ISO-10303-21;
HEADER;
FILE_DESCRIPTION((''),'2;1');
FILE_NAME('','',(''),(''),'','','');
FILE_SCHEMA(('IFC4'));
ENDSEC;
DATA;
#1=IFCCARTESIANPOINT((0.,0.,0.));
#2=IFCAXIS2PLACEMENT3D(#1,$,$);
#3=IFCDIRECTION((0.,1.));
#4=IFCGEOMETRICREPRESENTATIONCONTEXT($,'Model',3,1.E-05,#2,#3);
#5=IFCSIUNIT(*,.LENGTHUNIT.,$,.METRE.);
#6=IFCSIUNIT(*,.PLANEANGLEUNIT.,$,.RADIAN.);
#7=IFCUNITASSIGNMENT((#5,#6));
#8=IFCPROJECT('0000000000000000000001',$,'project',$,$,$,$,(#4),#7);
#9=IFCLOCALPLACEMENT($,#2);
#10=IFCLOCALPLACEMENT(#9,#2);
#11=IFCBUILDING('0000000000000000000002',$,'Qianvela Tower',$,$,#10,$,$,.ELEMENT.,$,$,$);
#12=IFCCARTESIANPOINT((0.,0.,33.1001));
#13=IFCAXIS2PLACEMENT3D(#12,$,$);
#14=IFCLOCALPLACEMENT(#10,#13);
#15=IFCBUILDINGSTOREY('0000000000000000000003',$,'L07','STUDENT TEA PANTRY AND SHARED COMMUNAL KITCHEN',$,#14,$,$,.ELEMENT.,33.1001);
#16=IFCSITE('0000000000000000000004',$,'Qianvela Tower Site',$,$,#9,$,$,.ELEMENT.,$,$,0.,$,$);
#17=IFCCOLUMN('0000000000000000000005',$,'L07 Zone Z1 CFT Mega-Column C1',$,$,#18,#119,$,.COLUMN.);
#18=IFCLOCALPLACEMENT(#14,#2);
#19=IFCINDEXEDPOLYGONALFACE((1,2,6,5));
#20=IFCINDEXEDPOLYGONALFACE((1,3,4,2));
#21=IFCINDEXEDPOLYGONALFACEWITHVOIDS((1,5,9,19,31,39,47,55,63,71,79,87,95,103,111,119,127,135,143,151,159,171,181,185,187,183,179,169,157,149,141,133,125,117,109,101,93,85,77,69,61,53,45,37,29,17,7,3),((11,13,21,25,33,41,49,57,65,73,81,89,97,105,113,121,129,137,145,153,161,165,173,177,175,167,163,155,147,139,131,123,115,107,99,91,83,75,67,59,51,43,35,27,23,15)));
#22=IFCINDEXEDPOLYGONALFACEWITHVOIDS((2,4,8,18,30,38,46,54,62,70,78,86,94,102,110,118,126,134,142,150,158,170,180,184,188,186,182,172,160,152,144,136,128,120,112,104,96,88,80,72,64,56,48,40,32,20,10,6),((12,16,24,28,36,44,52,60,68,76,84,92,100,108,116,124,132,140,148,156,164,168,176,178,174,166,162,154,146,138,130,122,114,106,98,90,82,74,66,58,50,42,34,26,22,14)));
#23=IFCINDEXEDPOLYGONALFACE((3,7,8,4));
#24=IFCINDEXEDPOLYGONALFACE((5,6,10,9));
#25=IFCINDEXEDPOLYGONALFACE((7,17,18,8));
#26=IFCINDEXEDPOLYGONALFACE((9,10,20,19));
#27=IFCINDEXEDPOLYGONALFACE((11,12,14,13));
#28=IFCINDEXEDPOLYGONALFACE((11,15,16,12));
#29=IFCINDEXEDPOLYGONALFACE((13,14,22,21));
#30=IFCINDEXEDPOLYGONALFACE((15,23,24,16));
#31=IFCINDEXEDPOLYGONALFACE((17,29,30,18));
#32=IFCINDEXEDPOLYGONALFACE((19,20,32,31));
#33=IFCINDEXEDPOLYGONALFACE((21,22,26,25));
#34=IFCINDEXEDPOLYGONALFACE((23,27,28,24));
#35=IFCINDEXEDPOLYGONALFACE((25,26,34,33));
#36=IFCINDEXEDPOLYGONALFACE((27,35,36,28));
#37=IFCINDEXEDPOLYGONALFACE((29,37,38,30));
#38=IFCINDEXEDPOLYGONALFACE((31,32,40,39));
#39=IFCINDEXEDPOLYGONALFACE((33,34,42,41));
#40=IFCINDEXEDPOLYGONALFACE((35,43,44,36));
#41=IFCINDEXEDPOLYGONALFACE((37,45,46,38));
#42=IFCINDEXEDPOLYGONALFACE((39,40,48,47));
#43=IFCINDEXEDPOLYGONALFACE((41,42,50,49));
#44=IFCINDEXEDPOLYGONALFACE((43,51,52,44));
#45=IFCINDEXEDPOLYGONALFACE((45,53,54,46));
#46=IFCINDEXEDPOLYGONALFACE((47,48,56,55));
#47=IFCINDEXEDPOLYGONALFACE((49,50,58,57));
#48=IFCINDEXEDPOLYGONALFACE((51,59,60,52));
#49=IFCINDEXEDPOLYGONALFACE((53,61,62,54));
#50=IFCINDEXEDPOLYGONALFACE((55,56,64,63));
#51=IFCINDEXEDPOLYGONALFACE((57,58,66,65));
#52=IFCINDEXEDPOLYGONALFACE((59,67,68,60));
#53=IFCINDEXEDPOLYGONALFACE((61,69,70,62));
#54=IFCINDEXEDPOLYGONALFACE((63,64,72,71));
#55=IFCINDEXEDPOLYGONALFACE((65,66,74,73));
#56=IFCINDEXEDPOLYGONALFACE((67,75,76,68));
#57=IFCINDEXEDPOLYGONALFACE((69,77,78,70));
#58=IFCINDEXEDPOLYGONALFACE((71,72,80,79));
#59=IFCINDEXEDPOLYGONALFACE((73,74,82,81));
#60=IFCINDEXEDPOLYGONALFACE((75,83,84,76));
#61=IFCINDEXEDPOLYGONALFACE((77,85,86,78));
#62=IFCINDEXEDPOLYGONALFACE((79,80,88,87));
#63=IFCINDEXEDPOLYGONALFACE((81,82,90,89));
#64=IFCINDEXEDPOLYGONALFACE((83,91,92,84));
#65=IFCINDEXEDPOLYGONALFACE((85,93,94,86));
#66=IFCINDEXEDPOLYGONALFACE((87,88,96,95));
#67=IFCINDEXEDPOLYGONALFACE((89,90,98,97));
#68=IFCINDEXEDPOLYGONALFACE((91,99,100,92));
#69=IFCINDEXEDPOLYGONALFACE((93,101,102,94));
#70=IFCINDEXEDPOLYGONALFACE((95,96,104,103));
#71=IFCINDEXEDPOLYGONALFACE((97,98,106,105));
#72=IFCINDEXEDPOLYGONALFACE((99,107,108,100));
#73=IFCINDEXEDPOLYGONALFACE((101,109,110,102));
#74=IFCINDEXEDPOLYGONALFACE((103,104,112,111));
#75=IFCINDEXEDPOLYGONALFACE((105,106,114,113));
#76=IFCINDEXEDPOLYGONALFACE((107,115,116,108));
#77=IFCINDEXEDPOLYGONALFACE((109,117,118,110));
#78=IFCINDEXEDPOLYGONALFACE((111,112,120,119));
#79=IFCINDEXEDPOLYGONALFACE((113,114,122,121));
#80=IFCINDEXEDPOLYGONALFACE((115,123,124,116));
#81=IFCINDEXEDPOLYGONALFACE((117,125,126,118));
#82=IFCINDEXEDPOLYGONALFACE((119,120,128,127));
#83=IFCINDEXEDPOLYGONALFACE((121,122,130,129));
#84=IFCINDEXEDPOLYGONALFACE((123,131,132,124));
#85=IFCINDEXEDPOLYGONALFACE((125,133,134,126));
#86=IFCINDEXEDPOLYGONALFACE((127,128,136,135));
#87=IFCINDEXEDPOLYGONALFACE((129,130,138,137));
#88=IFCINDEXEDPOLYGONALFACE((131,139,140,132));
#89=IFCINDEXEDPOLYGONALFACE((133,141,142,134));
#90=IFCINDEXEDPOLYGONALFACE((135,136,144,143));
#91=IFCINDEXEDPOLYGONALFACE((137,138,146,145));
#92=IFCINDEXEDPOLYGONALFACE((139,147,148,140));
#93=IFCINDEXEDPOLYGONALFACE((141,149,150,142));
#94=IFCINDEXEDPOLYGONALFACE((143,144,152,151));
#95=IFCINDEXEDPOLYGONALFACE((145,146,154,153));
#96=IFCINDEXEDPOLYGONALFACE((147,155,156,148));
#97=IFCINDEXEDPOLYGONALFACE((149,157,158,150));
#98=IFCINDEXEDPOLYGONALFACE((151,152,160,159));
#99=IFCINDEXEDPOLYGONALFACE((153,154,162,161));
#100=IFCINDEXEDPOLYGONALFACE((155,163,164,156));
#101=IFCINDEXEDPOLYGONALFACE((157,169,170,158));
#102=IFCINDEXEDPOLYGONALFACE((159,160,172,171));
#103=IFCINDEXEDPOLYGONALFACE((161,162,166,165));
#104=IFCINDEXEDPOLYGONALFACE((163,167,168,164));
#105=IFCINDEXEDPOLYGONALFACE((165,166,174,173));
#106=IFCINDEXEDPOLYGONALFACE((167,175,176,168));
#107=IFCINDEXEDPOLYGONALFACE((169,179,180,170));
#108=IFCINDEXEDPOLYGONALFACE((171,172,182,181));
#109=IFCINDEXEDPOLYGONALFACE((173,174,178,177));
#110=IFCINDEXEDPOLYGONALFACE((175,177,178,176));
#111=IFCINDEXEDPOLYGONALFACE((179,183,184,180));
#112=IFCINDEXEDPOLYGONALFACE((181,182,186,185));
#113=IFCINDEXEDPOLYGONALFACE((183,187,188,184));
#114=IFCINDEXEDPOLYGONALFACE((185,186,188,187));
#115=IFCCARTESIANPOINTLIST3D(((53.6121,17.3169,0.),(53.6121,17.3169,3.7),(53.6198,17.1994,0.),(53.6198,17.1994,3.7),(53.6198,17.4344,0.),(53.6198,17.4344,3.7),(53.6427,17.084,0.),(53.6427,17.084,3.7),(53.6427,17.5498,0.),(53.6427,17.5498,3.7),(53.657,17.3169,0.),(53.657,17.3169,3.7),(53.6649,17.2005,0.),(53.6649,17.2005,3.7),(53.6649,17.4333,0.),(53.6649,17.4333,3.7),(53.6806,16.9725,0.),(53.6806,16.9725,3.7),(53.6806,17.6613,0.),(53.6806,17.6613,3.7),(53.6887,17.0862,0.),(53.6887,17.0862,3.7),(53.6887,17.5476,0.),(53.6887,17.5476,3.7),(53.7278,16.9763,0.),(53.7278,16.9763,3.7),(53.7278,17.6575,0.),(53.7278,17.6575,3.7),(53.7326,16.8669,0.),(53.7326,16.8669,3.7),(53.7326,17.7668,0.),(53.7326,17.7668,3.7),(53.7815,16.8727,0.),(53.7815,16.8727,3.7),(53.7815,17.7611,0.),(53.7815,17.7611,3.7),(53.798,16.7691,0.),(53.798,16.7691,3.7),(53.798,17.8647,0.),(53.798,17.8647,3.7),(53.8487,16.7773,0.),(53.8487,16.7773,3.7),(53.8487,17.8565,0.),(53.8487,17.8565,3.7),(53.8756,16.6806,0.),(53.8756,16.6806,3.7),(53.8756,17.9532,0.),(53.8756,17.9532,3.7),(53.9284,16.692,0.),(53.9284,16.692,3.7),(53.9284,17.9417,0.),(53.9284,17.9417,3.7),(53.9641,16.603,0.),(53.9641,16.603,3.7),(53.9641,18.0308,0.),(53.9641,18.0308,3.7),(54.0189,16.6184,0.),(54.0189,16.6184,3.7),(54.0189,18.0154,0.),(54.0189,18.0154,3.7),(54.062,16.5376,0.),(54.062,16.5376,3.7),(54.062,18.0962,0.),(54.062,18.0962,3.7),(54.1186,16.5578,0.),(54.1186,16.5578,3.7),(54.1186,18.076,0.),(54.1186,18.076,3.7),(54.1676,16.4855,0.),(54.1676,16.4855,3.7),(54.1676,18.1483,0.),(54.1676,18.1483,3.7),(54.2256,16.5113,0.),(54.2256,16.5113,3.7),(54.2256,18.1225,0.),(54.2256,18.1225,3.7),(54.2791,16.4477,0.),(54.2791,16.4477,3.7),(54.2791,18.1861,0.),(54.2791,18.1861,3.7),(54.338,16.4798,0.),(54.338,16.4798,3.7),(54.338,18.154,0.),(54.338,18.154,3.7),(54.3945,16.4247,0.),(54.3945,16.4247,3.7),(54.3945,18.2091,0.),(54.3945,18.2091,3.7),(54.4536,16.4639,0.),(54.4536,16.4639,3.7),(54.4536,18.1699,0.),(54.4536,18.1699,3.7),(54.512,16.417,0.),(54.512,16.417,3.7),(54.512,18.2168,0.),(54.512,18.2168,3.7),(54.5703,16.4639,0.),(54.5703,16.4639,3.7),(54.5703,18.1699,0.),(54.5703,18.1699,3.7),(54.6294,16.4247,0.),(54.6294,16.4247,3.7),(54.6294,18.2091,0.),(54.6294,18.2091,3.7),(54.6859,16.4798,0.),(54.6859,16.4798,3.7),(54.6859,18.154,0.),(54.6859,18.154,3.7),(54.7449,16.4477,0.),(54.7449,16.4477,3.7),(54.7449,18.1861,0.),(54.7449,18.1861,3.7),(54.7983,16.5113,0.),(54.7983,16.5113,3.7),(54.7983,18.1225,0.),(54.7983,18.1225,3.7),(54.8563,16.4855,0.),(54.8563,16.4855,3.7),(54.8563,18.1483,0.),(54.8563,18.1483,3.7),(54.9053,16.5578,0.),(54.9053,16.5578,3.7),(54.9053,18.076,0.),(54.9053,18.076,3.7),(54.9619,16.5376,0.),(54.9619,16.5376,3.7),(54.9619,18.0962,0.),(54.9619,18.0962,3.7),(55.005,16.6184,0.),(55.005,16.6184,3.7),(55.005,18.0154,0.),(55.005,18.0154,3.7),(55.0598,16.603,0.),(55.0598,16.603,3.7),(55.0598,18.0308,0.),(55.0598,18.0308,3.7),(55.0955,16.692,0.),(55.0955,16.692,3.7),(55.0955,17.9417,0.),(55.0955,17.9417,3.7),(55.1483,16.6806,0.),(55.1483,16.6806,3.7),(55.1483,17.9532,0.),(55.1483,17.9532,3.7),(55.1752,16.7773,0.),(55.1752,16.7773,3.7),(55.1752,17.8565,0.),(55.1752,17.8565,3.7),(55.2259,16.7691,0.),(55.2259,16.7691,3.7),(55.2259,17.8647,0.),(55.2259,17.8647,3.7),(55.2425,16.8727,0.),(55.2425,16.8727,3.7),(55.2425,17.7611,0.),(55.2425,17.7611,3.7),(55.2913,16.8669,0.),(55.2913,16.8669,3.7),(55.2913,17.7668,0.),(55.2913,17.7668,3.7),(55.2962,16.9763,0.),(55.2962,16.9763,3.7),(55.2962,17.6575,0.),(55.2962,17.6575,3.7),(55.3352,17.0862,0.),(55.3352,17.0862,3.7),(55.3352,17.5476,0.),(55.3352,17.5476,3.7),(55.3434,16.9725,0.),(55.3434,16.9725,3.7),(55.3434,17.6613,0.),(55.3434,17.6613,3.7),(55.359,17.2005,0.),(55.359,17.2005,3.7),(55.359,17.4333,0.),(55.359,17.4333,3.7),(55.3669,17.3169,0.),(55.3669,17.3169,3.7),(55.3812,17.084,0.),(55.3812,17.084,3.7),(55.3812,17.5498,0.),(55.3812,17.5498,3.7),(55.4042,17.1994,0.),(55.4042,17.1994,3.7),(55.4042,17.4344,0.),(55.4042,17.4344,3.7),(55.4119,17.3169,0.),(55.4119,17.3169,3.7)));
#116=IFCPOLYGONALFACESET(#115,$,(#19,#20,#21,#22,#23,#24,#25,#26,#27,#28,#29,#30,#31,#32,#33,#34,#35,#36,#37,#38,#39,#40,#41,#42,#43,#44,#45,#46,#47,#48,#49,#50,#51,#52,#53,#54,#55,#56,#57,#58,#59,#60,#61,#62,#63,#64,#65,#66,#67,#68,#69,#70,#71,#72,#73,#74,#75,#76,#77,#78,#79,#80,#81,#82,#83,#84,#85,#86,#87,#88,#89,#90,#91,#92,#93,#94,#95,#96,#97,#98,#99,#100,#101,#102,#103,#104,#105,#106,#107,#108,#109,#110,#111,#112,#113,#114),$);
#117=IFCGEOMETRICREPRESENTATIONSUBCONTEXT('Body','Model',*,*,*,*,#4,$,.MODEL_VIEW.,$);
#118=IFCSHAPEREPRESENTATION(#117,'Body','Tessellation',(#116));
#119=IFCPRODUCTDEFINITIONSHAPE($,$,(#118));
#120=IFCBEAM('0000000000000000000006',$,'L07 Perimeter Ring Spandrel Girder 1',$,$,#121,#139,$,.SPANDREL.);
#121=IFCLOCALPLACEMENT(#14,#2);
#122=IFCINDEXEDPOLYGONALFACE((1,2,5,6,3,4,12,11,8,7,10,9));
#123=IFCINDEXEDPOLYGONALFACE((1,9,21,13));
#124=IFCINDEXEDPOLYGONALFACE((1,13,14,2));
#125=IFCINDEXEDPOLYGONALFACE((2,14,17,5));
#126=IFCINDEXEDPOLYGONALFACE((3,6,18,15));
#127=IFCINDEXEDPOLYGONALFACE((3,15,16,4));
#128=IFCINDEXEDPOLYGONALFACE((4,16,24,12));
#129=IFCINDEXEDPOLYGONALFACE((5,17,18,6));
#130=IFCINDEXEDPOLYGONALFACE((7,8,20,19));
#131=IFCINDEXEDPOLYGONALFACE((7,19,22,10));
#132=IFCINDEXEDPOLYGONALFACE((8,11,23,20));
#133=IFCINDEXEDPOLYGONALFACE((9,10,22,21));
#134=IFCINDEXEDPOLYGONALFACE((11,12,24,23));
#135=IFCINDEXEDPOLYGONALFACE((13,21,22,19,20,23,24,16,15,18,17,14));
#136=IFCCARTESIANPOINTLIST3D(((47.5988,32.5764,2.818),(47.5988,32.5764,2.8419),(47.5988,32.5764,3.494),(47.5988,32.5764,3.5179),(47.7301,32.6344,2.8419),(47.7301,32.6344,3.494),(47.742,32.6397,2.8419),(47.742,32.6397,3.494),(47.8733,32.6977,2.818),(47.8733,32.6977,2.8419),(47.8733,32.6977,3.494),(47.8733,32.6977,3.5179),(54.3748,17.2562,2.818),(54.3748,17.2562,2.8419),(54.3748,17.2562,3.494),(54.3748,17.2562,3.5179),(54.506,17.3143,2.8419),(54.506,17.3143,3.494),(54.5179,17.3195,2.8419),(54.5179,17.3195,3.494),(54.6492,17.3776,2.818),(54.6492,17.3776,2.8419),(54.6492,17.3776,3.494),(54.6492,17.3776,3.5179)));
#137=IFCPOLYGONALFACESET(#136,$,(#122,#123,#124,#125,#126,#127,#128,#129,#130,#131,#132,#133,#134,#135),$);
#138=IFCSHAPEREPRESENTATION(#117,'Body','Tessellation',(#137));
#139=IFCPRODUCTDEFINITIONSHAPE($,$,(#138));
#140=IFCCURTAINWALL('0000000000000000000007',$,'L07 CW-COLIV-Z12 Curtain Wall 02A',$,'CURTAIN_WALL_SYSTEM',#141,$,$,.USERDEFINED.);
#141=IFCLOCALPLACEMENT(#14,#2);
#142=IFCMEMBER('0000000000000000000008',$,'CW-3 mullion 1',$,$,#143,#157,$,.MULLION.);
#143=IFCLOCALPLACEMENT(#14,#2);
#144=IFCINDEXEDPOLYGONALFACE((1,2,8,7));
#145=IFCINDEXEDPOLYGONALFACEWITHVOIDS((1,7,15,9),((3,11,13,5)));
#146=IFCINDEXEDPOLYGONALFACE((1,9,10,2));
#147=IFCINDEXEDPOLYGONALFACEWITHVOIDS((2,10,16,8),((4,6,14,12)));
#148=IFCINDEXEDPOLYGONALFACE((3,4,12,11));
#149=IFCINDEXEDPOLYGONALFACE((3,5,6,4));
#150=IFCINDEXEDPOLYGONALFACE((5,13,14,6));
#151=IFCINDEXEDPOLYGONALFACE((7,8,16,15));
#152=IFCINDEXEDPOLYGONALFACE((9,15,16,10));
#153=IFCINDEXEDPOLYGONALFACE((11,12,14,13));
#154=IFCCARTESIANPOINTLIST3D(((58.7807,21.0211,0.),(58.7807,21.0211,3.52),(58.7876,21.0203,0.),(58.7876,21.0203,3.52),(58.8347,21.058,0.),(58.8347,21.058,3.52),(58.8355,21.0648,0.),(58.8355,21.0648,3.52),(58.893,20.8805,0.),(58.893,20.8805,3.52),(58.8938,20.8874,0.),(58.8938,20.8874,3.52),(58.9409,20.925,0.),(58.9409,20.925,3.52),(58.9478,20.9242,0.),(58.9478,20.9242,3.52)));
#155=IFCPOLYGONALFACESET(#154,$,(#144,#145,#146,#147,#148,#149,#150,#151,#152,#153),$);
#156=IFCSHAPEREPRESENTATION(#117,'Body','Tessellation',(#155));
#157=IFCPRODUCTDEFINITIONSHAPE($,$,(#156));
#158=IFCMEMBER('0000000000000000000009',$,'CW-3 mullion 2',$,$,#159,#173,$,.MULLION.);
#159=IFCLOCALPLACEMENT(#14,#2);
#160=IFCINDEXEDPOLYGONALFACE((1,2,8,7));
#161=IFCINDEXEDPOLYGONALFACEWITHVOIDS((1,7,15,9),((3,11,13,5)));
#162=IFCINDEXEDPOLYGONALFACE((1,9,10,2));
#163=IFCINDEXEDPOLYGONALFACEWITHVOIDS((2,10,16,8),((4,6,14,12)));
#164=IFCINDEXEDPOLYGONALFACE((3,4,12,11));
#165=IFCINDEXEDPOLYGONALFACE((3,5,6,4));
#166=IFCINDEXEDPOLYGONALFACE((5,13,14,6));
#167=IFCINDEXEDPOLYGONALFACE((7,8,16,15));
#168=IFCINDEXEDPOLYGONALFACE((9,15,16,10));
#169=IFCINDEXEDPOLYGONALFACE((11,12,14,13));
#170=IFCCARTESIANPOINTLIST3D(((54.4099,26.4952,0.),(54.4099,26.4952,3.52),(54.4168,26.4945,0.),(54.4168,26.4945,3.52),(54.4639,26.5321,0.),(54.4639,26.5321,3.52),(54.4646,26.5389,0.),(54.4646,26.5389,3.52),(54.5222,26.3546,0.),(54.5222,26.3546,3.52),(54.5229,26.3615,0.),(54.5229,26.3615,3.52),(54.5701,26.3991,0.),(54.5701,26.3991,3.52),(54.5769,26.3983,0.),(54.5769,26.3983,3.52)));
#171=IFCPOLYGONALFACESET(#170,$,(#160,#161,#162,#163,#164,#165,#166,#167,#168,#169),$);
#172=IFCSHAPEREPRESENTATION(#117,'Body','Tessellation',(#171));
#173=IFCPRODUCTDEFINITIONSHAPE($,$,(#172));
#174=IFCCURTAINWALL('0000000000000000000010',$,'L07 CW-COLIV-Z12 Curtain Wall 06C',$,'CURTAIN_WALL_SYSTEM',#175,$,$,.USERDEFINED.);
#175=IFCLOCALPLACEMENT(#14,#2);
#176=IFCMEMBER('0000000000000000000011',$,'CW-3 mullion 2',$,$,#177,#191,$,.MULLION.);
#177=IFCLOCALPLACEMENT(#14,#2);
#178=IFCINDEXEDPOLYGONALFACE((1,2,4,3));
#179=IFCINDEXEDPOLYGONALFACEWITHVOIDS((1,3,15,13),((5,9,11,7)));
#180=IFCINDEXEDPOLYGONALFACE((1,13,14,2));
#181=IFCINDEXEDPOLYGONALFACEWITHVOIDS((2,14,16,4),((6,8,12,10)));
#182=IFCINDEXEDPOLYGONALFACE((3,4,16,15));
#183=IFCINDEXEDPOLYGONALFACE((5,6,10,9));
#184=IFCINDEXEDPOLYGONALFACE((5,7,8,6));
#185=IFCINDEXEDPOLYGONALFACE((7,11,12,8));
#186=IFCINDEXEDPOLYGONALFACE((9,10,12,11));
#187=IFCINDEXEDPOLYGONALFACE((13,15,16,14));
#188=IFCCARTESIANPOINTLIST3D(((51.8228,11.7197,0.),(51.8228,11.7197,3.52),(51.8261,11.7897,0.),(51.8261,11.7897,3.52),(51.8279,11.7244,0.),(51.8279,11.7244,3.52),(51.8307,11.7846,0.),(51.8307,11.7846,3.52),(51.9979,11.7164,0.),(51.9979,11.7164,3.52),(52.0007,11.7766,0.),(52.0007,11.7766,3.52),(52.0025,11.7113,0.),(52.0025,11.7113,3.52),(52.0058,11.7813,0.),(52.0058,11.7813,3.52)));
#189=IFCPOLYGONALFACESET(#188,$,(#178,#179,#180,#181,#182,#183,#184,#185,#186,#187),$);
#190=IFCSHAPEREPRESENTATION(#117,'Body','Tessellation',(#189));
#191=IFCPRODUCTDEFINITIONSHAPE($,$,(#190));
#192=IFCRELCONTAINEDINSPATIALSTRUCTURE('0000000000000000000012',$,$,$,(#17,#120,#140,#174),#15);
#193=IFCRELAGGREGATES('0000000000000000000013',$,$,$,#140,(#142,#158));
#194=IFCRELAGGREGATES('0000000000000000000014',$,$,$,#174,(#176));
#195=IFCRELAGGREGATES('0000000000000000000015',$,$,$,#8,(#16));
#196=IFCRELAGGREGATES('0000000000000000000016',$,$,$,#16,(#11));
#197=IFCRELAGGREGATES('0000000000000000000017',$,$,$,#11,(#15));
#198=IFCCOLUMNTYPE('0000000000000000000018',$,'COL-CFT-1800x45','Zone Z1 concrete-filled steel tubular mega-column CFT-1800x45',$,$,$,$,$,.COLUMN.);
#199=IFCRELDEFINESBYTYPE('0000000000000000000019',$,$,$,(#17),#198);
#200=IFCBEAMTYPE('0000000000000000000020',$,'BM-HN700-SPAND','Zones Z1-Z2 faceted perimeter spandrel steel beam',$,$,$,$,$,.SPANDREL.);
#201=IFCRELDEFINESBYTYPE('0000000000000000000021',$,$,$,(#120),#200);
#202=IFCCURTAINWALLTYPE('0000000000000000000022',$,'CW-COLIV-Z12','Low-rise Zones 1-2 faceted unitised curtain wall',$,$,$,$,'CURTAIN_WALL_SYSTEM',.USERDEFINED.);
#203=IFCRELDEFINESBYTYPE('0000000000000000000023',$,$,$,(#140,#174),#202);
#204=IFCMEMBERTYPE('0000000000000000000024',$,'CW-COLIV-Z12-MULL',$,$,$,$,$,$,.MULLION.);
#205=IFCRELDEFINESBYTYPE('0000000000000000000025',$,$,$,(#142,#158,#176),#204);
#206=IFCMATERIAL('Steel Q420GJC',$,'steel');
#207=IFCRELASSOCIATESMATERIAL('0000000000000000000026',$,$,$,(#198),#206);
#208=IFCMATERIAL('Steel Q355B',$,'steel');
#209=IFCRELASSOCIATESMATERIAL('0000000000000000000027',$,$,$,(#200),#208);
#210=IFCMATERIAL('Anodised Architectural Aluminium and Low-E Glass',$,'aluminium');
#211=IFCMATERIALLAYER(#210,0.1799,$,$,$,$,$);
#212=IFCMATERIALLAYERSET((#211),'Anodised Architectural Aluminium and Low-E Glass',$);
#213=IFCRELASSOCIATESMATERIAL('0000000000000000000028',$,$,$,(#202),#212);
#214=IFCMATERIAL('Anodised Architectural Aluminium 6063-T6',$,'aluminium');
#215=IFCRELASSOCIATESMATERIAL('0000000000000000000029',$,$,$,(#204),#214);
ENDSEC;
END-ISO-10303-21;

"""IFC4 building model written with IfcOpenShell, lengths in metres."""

from ifc_helpers import new_model, si_unit, direction, frame, origin, origin_2d, place, context, subcontext, project, spatial, hollow_rectangle, hollow_circle, i_section, extrude, material, layer, layer_set, material_profile, profile_set, type_object, element, aggregate, save


model = new_model("IFC4")

# Units and contexts
model_context = context("Model", 3, precision=1e-05, world=origin(), true_north=direction((0.0, 1.0)))
body_context = subcontext(model_context, "Body", "Model", "MODEL_VIEW")
ifc_project = project(units=[si_unit("LENGTHUNIT", "METRE"), si_unit("PLANEANGLEUNIT", "RADIAN")], contexts=[model_context])

# Site, building, storey
site_placement = place(None, origin())
site = spatial("IfcSite", under=ifc_project, at=site_placement, Name="Qianvela Tower Site", CompositionType="ELEMENT", RefElevation=0.0)
building_placement = place(site_placement, origin())
building = spatial("IfcBuilding", under=site, at=building_placement, Name="Qianvela Tower", CompositionType="ELEMENT")
storey_placement = place(building_placement, frame((0.0, 0.0, 33.1001)))
storey = spatial("IfcBuildingStorey", under=building, at=storey_placement, Name="L07", Description="STUDENT TEA PANTRY AND SHARED COMMUNAL KITCHEN", CompositionType="ELEMENT", Elevation=33.1001)

# Column
ifc_material_1 = material(Name="Steel Q420GJC", Category="steel")
ifc_material_profile_1 = material_profile(ifc_material_1, hollow_circle(Radius=0.8999, WallThickness=0.0449, at=origin_2d()), Name="CFT-1800x45")
ifc_profile_set_1 = profile_set([ifc_material_profile_1], Name="Steel Q420GJC")
column_type = type_object("IfcColumnType", Name="COL-CFT-1800x45", Description="Zone Z1 concrete-filled steel tubular mega-column CFT-1800x45", PredefinedType="COLUMN", material=ifc_profile_set_1)
column_placement = place(storey_placement, frame((54.512, 17.3169, 0.0), z_axis=(0.0, 0.0, 1.0), x_axis=(1.0, 0.0, 0.0)))
element("IfcColumn", 1, at=column_placement, inside=storey, type_object=column_type, Name="L07 Zone Z1 CFT Mega-Column C1", PredefinedType="COLUMN", context=body_context, shape_type="SweptSolid", body=[
    extrude(hollow_circle(Radius=0.8999, WallThickness=0.0449, at=origin_2d()), origin(), (0.0, 0.0, 1.0), 3.7),
])

# Beam
ifc_material_2 = material(Name="Steel Q355B", Category="steel")
ifc_material_profile_2 = material_profile(ifc_material_2, i_section(OverallWidth=0.3, OverallDepth=0.7, WebThickness=0.0129, FlangeThickness=0.0239, at=origin_2d()), Name="HN700x300x13x24")
ifc_profile_set_2 = profile_set([ifc_material_profile_2], Name="Steel Q355B")
beam_type = type_object("IfcBeamType", Name="BM-HN700-SPAND", Description="Zones Z1-Z2 faceted perimeter spandrel steel beam", PredefinedType="SPANDREL", material=ifc_profile_set_2)
beam_placement = place(storey_placement, frame((54.512, 17.3169, 3.168), z_axis=(-0.404491, 0.914542, 0.0), x_axis=(-0.914542, -0.404491, 0.0)))
element("IfcBeam", 2, at=beam_placement, inside=storey, type_object=beam_type, Name="L07 Perimeter Ring Spandrel Girder 1", PredefinedType="SPANDREL", context=body_context, shape_type="SweptSolid", body=[
    extrude(i_section(OverallWidth=0.3, OverallDepth=0.7, WebThickness=0.0129, FlangeThickness=0.0239, at=origin_2d()), origin(), (0.0, 0.0, 1.0), 16.7517),
])

# Curtain wall, members
ifc_material_3 = material(Name="Anodised Architectural Aluminium and Low-E Glass", Category="aluminium")
ifc_layer_1 = layer(ifc_material_3, 0.1799)
ifc_layer_set_1 = layer_set([ifc_layer_1], Name="Anodised Architectural Aluminium and Low-E Glass")
curtain_wall_type = type_object("IfcCurtainWallType", Name="CW-COLIV-Z12", Description="Low-rise Zones 1-2 faceted unitised curtain wall", ElementType="CURTAIN_WALL_SYSTEM", PredefinedType="USERDEFINED", material=ifc_layer_set_1)
curtain_wall_1_placement = place(storey_placement, origin())
curtain_wall_1 = element("IfcCurtainWall", 3, at=curtain_wall_1_placement, inside=storey, type_object=curtain_wall_type, Name="L07 CW-COLIV-Z12 Curtain Wall 02A", ObjectType="CURTAIN_WALL_SYSTEM", PredefinedType="USERDEFINED")
ifc_material_4 = material(Name="Anodised Architectural Aluminium 6063-T6", Category="aluminium")
ifc_material_profile_3 = material_profile(ifc_material_4, hollow_rectangle(XDim=0.0701, YDim=0.1799, WallThickness=0.0049, at=origin_2d()), Name="ALU-MULL-70x180")
ifc_profile_set_3 = profile_set([ifc_material_profile_3], Name="Anodised Architectural Aluminium 6063-T6")
member_type_1 = type_object("IfcMemberType", Name="CW-COLIV-Z12-MULL", PredefinedType="MULLION", material=ifc_profile_set_3)
member_1_placement = place(storey_placement, frame((58.8643, 20.9727, 0.0), z_axis=(0.0, 0.0, 1.0), x_axis=(-0.781442, -0.623978, 0.0)))
member_1 = element("IfcMember", 4, at=member_1_placement, type_object=member_type_1, Name="CW-3 mullion 1", PredefinedType="MULLION", context=body_context, shape_type="SweptSolid", body=[
    extrude(hollow_rectangle(XDim=0.0701, YDim=0.1799, WallThickness=0.0049, at=origin_2d()), origin(), (0.0, 0.0, 1.0), 3.52),
])
member_2_placement = place(storey_placement, frame((54.4934, 26.4468, 0.0), z_axis=(0.0, 0.0, 1.0), x_axis=(-0.781442, -0.623978, 0.0)))
member_2 = element("IfcMember", 5, at=member_2_placement, type_object=member_type_1, Name="CW-3 mullion 2", PredefinedType="MULLION", context=body_context, shape_type="SweptSolid", body=[
    extrude(hollow_rectangle(XDim=0.0701, YDim=0.1799, WallThickness=0.0049, at=origin_2d()), origin(), (0.0, 0.0, 1.0), 3.52),
])

# Curtain wall, member
curtain_wall_2_placement = place(storey_placement, origin())
curtain_wall_2 = element("IfcCurtainWall", 6, at=curtain_wall_2_placement, inside=storey, type_object=curtain_wall_type, Name="L07 CW-COLIV-Z12 Curtain Wall 06C", ObjectType="CURTAIN_WALL_SYSTEM", PredefinedType="USERDEFINED")
member_3_placement = place(storey_placement, frame((51.9143, 11.7505, 0.0), z_axis=(0.0, 0.0, 1.0), x_axis=(0.046883, 0.9989, 0.0)))
member_3 = element("IfcMember", 7, at=member_3_placement, type_object=member_type_1, Name="CW-3 mullion 2", PredefinedType="MULLION", context=body_context, shape_type="SweptSolid", body=[
    extrude(hollow_rectangle(XDim=0.0701, YDim=0.1799, WallThickness=0.0049, at=origin_2d()), origin(), (0.0, 0.0, 1.0), 3.52),
])

aggregate(curtain_wall_1, [member_1, member_2])
aggregate(curtain_wall_2, [member_3])

save(model, "model.ifc")
